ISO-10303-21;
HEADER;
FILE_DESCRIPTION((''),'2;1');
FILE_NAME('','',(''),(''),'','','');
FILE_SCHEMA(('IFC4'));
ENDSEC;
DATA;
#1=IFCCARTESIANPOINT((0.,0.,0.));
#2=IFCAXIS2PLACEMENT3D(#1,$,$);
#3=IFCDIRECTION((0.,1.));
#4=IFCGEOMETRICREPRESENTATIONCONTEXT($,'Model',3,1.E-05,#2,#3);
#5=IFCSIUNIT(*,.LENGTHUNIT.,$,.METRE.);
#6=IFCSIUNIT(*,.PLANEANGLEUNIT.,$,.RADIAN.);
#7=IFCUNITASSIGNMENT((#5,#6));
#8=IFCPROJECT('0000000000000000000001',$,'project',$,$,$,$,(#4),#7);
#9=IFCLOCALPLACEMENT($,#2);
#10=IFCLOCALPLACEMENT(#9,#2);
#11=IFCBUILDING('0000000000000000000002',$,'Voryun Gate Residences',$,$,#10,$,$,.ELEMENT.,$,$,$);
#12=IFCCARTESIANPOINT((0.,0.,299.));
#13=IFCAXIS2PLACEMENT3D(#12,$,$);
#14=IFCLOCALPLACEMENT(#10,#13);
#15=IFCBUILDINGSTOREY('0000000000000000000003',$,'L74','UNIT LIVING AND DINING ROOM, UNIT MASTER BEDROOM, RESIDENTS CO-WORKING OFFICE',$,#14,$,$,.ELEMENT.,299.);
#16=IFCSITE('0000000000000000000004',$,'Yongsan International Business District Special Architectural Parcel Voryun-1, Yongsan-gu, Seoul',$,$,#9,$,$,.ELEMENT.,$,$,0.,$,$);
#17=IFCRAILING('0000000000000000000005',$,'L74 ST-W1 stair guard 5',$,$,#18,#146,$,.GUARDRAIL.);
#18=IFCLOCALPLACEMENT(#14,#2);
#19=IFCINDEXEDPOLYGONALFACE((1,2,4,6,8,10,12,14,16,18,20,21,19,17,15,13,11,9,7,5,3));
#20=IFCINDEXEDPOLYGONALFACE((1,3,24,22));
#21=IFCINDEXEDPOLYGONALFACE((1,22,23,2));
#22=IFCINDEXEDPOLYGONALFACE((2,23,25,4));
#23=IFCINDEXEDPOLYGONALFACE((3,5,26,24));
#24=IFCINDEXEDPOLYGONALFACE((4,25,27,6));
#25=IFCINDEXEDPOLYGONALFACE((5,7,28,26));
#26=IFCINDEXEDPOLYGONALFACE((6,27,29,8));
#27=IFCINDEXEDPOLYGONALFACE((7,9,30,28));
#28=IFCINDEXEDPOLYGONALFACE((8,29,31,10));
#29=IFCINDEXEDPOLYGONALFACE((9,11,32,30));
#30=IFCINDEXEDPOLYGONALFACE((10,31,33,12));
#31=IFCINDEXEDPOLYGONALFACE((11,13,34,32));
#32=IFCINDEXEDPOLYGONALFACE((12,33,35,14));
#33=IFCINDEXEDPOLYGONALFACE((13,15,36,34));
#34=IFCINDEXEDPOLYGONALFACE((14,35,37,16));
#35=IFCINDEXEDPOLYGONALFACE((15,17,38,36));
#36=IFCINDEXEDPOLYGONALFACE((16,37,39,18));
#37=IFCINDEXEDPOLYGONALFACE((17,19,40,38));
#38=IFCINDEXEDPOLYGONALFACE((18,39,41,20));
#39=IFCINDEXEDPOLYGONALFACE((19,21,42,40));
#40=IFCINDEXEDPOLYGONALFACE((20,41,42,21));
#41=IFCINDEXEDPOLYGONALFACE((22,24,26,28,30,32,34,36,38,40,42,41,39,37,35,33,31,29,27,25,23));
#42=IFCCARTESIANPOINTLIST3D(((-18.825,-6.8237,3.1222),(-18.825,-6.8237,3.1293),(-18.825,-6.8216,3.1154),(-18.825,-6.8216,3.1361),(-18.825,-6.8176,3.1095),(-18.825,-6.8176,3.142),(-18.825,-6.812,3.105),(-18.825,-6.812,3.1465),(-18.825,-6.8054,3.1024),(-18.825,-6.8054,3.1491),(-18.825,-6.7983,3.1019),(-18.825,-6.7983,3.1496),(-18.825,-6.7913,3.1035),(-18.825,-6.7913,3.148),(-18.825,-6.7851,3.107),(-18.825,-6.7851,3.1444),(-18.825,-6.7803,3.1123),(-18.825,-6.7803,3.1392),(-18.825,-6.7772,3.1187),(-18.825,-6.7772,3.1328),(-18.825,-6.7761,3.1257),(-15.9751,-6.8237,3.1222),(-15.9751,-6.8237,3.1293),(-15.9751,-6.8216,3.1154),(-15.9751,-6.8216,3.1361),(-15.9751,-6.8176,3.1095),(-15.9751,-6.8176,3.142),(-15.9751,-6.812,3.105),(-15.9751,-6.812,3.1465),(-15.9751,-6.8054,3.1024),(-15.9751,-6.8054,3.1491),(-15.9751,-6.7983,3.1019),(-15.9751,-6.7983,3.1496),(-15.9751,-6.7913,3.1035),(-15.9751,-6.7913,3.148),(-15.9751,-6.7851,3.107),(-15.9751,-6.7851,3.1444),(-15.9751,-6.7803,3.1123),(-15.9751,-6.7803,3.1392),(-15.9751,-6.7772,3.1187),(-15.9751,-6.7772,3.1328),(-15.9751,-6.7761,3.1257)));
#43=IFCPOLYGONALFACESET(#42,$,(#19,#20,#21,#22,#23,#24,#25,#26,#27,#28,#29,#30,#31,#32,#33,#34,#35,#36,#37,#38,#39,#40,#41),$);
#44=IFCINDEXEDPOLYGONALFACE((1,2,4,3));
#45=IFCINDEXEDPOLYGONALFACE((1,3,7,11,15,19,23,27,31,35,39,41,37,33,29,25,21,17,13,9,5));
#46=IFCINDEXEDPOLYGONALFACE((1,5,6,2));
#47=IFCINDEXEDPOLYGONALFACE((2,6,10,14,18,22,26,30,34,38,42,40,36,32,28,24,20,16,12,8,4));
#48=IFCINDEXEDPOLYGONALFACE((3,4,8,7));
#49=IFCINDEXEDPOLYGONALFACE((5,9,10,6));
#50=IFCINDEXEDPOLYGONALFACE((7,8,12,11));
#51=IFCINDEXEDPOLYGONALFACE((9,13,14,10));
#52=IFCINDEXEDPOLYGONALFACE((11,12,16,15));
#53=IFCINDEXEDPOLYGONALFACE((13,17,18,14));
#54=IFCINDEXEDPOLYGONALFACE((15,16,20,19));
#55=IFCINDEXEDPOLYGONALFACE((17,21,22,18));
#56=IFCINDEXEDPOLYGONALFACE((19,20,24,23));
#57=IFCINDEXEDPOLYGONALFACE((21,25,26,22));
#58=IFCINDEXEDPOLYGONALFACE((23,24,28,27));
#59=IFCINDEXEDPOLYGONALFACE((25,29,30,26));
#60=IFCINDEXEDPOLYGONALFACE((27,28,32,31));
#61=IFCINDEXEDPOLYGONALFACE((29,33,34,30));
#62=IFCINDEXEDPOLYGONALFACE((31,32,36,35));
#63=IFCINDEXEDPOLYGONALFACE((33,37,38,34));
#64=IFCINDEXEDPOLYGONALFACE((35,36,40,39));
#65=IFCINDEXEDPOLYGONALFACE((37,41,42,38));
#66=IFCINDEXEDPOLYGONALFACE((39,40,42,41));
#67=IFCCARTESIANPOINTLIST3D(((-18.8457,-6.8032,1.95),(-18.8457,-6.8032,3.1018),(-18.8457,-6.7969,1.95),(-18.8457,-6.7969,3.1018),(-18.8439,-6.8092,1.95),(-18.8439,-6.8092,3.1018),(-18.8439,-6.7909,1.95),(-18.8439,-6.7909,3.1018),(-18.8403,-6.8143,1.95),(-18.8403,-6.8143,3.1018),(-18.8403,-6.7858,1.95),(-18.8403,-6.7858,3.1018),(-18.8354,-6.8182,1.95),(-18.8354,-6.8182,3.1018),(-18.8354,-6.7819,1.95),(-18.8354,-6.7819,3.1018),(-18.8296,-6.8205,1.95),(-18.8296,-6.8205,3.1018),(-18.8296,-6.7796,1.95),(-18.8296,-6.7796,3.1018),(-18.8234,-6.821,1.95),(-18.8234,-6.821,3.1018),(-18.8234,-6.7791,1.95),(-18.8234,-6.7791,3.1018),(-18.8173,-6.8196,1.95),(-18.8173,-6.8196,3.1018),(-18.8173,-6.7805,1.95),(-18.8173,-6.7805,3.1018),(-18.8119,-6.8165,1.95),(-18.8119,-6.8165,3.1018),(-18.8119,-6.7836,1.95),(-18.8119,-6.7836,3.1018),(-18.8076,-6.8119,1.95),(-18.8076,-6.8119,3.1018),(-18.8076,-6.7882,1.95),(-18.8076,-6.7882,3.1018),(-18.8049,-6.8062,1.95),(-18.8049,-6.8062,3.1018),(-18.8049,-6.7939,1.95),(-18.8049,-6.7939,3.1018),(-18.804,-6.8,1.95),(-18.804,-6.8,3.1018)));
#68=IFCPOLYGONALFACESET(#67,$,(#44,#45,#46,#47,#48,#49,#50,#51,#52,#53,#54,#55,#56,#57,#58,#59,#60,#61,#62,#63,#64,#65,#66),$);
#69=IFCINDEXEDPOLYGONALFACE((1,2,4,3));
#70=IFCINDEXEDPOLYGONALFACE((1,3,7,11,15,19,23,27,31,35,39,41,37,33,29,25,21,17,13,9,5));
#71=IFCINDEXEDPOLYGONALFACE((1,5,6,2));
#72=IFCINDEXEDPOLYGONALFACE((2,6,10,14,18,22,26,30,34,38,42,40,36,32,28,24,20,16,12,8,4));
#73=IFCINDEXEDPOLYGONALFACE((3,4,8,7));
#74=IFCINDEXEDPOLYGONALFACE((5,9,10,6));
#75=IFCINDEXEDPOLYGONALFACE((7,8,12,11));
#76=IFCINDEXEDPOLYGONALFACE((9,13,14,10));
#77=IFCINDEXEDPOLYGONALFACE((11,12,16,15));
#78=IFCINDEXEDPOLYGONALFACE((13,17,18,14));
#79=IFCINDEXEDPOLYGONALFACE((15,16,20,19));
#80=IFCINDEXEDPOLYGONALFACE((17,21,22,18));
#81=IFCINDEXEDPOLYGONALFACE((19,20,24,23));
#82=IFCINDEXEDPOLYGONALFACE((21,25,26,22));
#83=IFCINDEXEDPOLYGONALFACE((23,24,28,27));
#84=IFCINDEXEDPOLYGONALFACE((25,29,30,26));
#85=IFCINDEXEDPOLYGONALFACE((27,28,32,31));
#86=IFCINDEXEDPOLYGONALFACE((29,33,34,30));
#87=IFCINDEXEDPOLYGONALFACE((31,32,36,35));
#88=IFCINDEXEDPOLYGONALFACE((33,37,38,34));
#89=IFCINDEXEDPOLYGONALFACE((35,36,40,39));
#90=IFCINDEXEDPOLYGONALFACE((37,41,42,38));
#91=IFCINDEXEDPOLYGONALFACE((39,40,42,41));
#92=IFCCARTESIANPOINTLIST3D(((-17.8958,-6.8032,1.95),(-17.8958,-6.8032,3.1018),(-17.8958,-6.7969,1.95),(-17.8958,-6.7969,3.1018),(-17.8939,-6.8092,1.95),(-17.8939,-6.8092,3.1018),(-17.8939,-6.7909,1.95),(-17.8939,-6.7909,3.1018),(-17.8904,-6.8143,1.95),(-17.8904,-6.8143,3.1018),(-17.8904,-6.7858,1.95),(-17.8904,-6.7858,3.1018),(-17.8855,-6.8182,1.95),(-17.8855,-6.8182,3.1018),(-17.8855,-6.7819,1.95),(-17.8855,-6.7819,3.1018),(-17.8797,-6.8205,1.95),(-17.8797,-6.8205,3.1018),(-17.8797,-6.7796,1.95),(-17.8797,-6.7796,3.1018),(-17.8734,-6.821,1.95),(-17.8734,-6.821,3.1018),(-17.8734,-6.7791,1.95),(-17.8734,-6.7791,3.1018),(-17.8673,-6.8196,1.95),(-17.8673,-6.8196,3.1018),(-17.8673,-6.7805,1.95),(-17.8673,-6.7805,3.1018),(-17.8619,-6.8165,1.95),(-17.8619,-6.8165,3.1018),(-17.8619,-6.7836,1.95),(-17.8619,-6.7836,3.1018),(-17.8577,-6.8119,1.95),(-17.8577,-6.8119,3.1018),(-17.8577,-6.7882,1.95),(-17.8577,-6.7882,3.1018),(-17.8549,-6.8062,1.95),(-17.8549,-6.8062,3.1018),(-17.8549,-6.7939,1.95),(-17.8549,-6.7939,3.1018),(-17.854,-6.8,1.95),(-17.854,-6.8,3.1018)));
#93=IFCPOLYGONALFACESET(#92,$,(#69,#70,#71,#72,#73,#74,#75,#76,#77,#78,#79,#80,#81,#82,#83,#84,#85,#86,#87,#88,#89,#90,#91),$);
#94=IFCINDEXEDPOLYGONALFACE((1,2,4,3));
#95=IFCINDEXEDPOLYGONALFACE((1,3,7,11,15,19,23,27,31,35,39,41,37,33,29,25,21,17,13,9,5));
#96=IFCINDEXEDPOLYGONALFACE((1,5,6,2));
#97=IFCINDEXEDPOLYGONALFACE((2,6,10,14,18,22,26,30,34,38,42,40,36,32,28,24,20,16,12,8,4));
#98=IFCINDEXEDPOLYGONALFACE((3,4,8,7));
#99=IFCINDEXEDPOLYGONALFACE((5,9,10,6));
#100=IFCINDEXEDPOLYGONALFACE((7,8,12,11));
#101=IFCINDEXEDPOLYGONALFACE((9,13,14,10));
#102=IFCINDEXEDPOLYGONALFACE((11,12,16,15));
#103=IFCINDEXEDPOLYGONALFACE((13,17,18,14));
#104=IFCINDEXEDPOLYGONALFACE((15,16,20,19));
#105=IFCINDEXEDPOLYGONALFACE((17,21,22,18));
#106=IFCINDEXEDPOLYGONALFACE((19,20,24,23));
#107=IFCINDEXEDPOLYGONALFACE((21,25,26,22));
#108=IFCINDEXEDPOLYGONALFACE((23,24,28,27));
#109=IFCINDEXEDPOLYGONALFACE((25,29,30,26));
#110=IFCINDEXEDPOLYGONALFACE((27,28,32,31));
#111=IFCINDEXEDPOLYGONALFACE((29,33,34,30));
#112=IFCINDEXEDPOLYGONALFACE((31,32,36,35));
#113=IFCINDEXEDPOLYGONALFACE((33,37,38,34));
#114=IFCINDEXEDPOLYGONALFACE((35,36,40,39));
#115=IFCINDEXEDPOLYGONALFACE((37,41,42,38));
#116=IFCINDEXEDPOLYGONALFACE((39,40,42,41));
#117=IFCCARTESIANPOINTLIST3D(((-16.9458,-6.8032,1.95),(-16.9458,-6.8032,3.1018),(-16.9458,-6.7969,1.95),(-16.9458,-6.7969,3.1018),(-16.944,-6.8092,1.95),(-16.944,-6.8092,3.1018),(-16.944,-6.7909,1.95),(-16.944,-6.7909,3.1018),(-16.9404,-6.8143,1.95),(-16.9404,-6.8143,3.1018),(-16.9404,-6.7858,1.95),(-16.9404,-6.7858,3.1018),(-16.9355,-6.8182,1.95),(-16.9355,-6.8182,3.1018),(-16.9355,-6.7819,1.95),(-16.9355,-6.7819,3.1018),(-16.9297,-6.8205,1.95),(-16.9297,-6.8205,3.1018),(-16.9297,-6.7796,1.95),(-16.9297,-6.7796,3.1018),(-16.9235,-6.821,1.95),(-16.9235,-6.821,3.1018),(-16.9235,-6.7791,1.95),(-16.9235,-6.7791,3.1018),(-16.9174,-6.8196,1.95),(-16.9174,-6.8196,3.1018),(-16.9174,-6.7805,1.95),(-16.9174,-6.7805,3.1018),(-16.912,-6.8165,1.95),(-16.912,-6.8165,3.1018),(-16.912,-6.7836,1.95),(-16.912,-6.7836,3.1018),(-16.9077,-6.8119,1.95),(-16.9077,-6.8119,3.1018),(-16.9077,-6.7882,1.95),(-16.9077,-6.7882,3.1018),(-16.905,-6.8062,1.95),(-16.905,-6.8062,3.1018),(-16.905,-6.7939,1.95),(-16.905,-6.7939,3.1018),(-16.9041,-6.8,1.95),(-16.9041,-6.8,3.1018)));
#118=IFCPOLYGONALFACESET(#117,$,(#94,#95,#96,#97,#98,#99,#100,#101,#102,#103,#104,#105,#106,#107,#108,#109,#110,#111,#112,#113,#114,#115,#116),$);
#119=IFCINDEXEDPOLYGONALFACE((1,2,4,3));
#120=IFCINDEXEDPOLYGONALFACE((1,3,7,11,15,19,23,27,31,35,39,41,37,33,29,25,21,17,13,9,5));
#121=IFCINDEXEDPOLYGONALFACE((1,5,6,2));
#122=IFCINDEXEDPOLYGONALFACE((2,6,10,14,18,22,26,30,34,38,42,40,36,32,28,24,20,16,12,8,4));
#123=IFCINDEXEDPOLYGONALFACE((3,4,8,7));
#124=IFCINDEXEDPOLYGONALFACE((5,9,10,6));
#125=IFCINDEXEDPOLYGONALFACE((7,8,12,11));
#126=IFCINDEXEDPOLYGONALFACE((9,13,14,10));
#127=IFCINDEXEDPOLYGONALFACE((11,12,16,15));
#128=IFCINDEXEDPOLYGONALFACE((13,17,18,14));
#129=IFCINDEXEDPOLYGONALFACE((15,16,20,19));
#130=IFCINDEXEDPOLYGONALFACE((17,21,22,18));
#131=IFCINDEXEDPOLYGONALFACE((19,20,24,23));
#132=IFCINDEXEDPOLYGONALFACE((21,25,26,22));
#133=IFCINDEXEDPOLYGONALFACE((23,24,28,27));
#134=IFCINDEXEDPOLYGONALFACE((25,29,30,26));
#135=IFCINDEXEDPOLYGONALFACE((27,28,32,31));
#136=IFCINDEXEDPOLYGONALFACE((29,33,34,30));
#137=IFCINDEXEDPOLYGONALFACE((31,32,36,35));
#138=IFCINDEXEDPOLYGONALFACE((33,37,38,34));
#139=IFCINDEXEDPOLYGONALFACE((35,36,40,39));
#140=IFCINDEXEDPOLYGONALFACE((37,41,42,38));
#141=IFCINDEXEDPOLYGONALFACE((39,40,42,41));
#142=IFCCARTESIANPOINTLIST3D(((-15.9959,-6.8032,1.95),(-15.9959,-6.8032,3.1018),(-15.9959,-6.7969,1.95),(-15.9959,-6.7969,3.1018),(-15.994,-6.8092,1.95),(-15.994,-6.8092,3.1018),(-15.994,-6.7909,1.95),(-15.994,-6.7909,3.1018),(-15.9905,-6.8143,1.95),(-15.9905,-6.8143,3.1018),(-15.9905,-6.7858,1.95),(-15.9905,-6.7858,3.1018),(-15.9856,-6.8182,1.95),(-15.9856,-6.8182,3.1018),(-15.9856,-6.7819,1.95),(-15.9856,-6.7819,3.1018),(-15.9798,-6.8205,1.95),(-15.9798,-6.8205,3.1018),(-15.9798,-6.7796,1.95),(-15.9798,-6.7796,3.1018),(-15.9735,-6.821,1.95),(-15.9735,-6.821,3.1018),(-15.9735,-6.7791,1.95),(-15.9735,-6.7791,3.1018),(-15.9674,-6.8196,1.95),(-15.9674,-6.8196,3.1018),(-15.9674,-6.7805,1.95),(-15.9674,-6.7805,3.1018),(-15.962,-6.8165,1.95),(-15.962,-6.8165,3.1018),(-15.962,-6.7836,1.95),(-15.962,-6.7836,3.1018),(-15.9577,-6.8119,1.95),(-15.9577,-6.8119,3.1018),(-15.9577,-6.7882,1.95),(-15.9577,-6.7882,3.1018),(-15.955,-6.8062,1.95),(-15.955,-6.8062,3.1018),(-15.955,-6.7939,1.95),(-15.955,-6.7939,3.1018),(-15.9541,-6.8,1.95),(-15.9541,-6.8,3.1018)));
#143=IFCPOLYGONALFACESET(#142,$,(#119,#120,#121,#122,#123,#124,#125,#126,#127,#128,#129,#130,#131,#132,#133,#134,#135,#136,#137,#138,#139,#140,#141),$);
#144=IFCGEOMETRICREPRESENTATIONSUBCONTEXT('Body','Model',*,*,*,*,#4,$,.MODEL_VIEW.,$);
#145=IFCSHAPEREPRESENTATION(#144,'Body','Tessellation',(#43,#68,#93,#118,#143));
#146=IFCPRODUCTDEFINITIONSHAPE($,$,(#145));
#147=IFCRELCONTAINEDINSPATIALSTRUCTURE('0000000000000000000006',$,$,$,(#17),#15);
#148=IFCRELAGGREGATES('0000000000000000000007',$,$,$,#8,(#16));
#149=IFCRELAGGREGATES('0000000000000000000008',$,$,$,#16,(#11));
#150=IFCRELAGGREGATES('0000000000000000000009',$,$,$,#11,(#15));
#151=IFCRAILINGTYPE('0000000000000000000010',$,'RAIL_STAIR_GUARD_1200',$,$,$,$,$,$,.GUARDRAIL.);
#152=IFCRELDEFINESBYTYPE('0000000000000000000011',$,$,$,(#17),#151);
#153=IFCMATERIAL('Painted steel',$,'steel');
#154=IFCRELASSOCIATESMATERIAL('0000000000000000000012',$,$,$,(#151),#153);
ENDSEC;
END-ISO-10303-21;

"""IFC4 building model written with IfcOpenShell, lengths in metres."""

from ifc_helpers import new_model, si_unit, direction, frame, origin, origin_2d, place, context, subcontext, project, spatial, circle, extrude, material, type_object, element, save


model = new_model("IFC4")

# Units and contexts
model_context = context("Model", 3, precision=1e-05, world=origin(), true_north=direction((0.0, 1.0)))
body_context = subcontext(model_context, "Body", "Model", "MODEL_VIEW")
ifc_project = project(units=[si_unit("LENGTHUNIT", "METRE"), si_unit("PLANEANGLEUNIT", "RADIAN")], contexts=[model_context])

# Site, building, storey
site_placement = place(None, origin())
site = spatial("IfcSite", under=ifc_project, at=site_placement, Name="Yongsan International Business District Special Architectural Parcel Voryun-1, Yongsan-gu, Seoul", CompositionType="ELEMENT", RefElevation=0.0)
building_placement = place(site_placement, origin())
building = spatial("IfcBuilding", under=site, at=building_placement, Name="Voryun Gate Residences", CompositionType="ELEMENT")
storey_placement = place(building_placement, frame((0.0, 0.0, 299.0)))
storey = spatial("IfcBuildingStorey", under=building, at=storey_placement, Name="L74", Description="UNIT LIVING AND DINING ROOM, UNIT MASTER BEDROOM, RESIDENTS CO-WORKING OFFICE", CompositionType="ELEMENT", Elevation=299.0)

# Railing
ifc_material_1 = material(Name="Painted steel", Category="steel")
railing_type_1 = type_object("IfcRailingType", Name="RAIL_STAIR_GUARD_1200", PredefinedType="GUARDRAIL", material=ifc_material_1)
railing_1_placement = place(storey_placement, frame((-18.825, -6.8, 1.95)))
element("IfcRailing", 1, at=railing_1_placement, inside=storey, type_object=railing_type_1, Name="L74 ST-W1 stair guard 5", PredefinedType="GUARDRAIL", context=body_context, shape_type="SweptSolid", body=[
    extrude(circle(Radius=0.0239, at=origin_2d()), frame((0.0, 0.0, 1.1758), z_axis=(1.0, 0.0, 0.0), x_axis=(0.0, 1.0, 0.0)), (0.0, 0.0, 1.0), 2.8499),
    extrude(circle(Radius=0.021, at=origin_2d()), origin(), (0.0, 0.0, 1.0), 1.1519),
    extrude(circle(Radius=0.021, at=origin_2d()), frame((0.95, 0.0, 0.0)), (0.0, 0.0, 1.0), 1.1519),
    extrude(circle(Radius=0.021, at=origin_2d()), frame((1.8999, 0.0, 0.0)), (0.0, 0.0, 1.0), 1.1519),
    extrude(circle(Radius=0.021, at=origin_2d()), frame((2.8499, 0.0, 0.0)), (0.0, 0.0, 1.0), 1.1519),
])

save(model, "model.ifc")
